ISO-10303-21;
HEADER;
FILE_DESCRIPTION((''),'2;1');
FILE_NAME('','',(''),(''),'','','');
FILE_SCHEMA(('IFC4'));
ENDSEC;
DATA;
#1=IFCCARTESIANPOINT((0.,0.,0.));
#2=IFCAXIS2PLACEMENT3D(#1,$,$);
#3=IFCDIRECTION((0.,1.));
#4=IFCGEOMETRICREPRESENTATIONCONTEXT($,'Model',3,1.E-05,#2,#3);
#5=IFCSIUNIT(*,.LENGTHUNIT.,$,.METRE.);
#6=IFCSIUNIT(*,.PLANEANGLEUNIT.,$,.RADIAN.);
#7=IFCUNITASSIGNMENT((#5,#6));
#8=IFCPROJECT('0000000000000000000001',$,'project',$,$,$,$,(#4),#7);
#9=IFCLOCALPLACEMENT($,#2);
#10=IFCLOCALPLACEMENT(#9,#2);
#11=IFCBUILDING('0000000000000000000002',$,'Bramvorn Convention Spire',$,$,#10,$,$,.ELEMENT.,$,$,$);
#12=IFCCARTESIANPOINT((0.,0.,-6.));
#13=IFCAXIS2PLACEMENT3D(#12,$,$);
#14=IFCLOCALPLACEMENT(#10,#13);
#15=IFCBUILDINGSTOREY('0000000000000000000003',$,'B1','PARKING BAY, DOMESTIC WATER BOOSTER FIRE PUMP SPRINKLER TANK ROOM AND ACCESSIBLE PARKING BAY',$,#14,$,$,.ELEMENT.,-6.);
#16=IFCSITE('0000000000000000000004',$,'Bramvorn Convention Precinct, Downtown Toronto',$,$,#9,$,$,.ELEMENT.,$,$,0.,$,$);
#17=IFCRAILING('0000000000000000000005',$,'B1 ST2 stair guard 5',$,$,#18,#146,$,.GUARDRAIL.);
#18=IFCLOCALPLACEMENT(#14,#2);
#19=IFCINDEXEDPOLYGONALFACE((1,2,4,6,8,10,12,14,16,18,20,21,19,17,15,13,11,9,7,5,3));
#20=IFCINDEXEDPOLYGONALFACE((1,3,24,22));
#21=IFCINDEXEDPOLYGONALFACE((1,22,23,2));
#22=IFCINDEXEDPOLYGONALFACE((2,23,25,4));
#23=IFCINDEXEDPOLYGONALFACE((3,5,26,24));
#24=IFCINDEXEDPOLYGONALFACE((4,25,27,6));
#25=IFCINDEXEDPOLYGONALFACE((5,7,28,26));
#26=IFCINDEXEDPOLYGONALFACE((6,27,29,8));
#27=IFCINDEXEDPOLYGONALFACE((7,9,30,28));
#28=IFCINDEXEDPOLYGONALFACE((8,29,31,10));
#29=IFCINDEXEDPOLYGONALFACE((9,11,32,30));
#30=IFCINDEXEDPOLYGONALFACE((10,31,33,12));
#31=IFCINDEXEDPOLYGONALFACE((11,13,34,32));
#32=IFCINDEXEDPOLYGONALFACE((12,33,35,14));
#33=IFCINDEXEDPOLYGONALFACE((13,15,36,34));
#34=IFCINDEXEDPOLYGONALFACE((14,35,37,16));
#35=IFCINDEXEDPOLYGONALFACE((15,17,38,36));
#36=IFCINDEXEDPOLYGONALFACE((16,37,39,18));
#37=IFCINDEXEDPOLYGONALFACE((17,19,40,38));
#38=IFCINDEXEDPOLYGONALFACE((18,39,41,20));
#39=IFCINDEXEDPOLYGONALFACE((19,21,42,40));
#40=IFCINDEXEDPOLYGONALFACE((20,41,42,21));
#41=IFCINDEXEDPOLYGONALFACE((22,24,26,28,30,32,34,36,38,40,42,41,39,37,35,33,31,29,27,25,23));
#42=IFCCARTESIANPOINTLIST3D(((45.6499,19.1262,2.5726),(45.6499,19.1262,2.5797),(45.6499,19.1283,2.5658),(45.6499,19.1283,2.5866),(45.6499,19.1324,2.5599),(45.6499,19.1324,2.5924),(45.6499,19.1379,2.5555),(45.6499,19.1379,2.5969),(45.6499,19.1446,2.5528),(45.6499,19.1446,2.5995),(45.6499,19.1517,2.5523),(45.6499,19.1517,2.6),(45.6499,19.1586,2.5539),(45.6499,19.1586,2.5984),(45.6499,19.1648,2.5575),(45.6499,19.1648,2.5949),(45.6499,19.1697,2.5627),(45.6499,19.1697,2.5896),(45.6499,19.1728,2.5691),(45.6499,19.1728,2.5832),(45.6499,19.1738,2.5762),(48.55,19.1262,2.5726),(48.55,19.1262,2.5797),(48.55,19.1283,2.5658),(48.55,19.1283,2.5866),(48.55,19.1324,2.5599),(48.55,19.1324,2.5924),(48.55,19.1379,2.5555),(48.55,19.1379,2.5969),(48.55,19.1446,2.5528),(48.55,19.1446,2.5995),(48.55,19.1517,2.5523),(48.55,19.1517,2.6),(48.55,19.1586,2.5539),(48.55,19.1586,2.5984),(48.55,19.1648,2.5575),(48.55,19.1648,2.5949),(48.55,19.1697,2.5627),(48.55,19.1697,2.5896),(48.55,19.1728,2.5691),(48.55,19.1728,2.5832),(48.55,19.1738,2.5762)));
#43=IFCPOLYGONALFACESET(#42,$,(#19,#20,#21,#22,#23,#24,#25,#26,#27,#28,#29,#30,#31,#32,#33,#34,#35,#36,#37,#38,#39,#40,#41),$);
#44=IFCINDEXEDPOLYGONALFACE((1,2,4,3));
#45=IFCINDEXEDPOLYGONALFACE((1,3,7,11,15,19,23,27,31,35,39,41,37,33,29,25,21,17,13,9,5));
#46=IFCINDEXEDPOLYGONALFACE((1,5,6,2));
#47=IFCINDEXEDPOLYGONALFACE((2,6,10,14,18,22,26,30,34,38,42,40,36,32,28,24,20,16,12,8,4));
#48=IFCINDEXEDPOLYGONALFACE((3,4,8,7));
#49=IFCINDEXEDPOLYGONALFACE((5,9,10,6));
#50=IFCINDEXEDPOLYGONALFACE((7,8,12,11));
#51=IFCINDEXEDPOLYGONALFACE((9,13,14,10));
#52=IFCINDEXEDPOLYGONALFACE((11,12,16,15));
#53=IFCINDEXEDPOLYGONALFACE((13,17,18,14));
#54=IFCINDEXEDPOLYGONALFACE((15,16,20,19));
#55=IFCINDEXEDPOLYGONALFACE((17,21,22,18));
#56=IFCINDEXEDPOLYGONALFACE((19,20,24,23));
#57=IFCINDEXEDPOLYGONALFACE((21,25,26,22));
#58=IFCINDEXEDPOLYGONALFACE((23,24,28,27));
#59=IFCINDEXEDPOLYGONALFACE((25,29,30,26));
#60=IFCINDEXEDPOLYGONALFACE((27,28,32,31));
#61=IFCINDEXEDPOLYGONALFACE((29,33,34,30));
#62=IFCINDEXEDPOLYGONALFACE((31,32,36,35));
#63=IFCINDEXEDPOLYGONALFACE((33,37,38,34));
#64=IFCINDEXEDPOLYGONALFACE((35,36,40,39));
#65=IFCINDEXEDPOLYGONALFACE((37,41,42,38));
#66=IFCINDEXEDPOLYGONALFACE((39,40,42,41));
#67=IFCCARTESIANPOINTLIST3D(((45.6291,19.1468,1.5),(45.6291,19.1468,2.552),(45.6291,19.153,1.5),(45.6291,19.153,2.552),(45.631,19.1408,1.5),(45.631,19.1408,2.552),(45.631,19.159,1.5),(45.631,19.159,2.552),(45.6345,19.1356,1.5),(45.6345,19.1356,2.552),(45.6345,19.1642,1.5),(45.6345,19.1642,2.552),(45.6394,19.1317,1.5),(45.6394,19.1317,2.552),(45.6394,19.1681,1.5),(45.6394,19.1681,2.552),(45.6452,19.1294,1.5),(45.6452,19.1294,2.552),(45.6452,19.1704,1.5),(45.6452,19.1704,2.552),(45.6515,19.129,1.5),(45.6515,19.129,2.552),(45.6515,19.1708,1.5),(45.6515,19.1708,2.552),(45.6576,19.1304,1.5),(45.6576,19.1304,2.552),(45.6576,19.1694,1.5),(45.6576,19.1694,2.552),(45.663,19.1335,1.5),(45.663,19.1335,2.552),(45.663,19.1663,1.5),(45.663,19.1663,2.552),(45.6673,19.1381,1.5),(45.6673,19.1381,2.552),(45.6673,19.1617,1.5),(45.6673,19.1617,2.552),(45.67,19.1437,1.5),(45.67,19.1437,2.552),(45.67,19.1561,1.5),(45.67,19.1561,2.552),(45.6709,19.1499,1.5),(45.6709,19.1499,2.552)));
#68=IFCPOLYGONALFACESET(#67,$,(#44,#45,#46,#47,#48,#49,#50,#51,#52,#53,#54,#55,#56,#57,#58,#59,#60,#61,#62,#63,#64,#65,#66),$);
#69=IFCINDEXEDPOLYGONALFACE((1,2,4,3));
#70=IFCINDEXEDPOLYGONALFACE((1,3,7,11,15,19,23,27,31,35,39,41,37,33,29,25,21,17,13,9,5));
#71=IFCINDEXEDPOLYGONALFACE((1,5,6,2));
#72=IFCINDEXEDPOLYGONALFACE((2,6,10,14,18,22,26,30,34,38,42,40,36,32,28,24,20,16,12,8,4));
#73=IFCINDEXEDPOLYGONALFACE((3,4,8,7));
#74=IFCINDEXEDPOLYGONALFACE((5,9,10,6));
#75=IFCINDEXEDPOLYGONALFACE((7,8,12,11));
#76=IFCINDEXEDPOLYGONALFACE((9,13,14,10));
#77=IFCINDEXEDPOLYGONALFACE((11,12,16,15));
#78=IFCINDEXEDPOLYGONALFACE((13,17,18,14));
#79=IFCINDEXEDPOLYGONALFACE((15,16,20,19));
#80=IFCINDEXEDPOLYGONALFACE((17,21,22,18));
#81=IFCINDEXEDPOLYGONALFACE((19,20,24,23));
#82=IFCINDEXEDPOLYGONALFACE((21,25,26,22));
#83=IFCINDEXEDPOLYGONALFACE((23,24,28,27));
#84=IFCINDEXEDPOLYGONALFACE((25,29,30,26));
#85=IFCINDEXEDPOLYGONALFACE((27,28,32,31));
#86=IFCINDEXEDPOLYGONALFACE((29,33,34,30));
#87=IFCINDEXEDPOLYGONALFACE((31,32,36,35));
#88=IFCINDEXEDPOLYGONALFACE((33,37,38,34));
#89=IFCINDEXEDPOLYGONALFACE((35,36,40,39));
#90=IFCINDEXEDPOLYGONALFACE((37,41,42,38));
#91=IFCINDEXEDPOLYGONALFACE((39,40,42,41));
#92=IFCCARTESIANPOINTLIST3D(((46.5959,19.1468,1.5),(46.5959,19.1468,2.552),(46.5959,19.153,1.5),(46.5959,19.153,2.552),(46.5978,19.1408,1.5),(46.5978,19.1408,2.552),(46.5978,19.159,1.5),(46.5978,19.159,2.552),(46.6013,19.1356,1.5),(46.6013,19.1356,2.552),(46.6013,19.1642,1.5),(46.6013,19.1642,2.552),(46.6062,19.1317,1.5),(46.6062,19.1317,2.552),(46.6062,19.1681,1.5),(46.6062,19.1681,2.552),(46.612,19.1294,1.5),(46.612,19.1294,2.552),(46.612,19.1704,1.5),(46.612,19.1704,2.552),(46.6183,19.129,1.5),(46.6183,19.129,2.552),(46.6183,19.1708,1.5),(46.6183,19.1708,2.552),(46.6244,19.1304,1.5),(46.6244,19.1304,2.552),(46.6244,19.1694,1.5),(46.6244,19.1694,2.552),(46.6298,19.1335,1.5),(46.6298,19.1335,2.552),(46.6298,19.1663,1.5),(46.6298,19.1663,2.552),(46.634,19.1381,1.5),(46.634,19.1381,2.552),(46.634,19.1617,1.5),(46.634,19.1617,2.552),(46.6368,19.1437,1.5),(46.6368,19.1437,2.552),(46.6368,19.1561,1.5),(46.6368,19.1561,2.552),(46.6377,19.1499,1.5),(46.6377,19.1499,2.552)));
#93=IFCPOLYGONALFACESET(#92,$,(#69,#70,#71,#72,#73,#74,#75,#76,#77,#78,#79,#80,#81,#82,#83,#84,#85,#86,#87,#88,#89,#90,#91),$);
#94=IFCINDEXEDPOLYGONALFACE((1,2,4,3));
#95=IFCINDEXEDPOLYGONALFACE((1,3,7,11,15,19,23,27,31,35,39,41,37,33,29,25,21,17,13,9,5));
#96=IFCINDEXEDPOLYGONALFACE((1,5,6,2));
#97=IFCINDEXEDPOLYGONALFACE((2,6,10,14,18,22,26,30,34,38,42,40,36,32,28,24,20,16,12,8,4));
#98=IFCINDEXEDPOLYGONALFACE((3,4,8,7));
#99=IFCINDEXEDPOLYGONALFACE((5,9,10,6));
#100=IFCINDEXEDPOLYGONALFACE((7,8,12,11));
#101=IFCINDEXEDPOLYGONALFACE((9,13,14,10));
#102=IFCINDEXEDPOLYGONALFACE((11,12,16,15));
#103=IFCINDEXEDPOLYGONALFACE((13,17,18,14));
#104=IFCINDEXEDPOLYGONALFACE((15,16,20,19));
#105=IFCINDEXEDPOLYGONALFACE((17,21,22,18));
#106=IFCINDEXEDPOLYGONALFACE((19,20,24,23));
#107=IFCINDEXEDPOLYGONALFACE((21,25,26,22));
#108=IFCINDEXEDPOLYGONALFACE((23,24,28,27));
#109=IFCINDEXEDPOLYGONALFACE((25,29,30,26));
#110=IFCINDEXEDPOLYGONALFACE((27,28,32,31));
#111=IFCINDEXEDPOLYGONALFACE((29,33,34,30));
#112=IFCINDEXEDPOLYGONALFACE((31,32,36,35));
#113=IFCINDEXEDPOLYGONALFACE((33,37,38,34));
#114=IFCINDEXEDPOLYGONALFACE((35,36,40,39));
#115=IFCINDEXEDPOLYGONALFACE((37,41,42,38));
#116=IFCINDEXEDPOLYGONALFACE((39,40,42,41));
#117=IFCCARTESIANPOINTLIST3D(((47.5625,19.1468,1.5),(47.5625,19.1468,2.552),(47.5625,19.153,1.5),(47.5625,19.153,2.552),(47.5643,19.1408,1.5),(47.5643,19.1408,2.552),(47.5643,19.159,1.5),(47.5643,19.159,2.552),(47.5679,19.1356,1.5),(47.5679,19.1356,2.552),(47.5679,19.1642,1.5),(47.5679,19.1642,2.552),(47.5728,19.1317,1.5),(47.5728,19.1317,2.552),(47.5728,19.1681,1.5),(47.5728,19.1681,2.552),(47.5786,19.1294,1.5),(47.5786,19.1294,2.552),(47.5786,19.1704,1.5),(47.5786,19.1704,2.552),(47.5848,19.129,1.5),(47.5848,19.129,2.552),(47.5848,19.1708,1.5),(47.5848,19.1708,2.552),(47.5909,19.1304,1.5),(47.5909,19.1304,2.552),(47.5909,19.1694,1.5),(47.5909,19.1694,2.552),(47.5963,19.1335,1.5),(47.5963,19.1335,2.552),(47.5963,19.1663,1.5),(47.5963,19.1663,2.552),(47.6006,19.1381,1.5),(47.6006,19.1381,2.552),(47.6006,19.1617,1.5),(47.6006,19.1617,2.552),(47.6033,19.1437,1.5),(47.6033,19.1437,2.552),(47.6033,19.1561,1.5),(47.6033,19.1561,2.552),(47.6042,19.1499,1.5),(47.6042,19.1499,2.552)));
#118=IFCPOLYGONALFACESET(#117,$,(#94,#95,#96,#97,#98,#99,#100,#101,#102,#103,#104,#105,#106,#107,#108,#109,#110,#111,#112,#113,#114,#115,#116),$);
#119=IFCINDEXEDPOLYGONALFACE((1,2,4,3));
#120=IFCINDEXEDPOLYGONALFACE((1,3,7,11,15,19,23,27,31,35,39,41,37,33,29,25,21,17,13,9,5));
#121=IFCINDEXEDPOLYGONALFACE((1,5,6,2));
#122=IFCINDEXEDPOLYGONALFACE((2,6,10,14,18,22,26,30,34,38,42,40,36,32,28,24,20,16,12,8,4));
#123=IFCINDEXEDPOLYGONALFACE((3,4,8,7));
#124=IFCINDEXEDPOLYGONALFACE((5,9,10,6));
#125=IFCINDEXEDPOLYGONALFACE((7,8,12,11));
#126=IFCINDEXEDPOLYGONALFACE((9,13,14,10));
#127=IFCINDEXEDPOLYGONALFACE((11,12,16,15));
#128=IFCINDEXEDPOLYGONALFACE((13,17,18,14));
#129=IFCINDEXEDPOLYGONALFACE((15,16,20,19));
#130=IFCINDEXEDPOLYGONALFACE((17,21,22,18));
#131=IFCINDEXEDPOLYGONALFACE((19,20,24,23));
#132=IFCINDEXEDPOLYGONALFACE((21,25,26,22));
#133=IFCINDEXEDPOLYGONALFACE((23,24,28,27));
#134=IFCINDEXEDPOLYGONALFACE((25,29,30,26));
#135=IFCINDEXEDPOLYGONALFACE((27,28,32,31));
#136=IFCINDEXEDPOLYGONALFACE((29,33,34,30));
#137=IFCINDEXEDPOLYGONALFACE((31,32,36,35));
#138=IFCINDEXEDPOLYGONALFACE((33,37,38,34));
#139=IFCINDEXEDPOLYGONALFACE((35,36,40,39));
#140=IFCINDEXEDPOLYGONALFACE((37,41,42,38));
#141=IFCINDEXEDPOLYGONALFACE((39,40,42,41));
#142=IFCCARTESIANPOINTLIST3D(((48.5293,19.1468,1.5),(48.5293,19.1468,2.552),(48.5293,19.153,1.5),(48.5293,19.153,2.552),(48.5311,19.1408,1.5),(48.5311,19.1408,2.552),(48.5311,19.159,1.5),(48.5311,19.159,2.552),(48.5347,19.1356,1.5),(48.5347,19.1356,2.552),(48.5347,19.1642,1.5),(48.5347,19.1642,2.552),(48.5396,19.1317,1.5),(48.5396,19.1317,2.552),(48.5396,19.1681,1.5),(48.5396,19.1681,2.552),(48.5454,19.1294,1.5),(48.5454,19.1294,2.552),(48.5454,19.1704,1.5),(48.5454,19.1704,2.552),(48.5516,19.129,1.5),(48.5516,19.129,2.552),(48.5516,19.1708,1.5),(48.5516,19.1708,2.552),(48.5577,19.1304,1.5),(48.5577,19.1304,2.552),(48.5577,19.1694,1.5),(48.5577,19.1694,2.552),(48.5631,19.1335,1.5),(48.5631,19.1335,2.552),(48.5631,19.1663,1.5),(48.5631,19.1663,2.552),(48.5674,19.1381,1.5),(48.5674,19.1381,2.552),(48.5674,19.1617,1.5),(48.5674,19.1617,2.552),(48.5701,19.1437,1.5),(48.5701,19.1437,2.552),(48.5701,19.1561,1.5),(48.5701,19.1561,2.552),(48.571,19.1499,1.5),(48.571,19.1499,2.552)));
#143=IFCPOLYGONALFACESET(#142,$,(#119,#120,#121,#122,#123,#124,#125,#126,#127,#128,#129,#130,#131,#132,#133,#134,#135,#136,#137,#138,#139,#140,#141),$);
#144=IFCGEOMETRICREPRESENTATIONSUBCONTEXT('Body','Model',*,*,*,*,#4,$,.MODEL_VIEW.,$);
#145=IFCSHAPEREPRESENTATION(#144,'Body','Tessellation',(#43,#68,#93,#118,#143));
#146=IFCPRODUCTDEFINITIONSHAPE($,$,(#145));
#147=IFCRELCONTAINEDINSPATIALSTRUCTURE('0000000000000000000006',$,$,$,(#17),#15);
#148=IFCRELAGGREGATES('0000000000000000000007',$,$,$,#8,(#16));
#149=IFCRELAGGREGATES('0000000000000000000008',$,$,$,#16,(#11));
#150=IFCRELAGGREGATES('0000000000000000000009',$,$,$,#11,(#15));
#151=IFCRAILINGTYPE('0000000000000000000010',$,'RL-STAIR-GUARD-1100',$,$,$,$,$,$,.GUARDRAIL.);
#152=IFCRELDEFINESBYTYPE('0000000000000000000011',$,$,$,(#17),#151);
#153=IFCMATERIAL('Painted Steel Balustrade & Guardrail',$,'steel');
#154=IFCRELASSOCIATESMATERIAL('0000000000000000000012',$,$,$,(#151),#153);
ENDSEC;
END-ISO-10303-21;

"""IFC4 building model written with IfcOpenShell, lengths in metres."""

from ifc_helpers import new_model, si_unit, direction, frame, origin, origin_2d, place, context, subcontext, project, spatial, circle, extrude, material, type_object, element, save


model = new_model("IFC4")

# Units and contexts
model_context = context("Model", 3, precision=1e-05, world=origin(), true_north=direction((0.0, 1.0)))
body_context = subcontext(model_context, "Body", "Model", "MODEL_VIEW")
ifc_project = project(units=[si_unit("LENGTHUNIT", "METRE"), si_unit("PLANEANGLEUNIT", "RADIAN")], contexts=[model_context])

# Site, building, storey
site_placement = place(None, origin())
site = spatial("IfcSite", under=ifc_project, at=site_placement, Name="Bramvorn Convention Precinct, Downtown Toronto", CompositionType="ELEMENT", RefElevation=0.0)
building_placement = place(site_placement, origin())
building = spatial("IfcBuilding", under=site, at=building_placement, Name="Bramvorn Convention Spire", CompositionType="ELEMENT")
storey_placement = place(building_placement, frame((0.0, 0.0, -6.0)))
storey = spatial("IfcBuildingStorey", under=building, at=storey_placement, Name="B1", Description="PARKING BAY, DOMESTIC WATER BOOSTER FIRE PUMP SPRINKLER TANK ROOM AND ACCESSIBLE PARKING BAY", CompositionType="ELEMENT", Elevation=-6.0)

# Railing
ifc_material_1 = material(Name="Painted Steel Balustrade & Guardrail", Category="steel")
railing_type_1 = type_object("IfcRailingType", Name="RL-STAIR-GUARD-1100", PredefinedType="GUARDRAIL", material=ifc_material_1)
railing_1_placement = place(storey_placement, frame((45.6499, 19.1499, 1.5)))
element("IfcRailing", 1, at=railing_1_placement, inside=storey, type_object=railing_type_1, Name="B1 ST2 stair guard 5", PredefinedType="GUARDRAIL", context=body_context, shape_type="SweptSolid", body=[
    extrude(circle(Radius=0.0239, at=origin_2d()), frame((0.0, 0.0, 1.0762), z_axis=(1.0, 0.0, 0.0), x_axis=(0.0, 1.0, 0.0)), (0.0, 0.0, 1.0), 2.9001),
    extrude(circle(Radius=0.021, at=origin_2d()), origin(), (0.0, 0.0, 1.0), 1.052),
    extrude(circle(Radius=0.021, at=origin_2d()), frame((0.9668, 0.0, 0.0)), (0.0, 0.0, 1.0), 1.052),
    extrude(circle(Radius=0.021, at=origin_2d()), frame((1.9333, 0.0, 0.0)), (0.0, 0.0, 1.0), 1.052),
    extrude(circle(Radius=0.021, at=origin_2d()), frame((2.9001, 0.0, 0.0)), (0.0, 0.0, 1.0), 1.052),
])

save(model, "model.ifc")
